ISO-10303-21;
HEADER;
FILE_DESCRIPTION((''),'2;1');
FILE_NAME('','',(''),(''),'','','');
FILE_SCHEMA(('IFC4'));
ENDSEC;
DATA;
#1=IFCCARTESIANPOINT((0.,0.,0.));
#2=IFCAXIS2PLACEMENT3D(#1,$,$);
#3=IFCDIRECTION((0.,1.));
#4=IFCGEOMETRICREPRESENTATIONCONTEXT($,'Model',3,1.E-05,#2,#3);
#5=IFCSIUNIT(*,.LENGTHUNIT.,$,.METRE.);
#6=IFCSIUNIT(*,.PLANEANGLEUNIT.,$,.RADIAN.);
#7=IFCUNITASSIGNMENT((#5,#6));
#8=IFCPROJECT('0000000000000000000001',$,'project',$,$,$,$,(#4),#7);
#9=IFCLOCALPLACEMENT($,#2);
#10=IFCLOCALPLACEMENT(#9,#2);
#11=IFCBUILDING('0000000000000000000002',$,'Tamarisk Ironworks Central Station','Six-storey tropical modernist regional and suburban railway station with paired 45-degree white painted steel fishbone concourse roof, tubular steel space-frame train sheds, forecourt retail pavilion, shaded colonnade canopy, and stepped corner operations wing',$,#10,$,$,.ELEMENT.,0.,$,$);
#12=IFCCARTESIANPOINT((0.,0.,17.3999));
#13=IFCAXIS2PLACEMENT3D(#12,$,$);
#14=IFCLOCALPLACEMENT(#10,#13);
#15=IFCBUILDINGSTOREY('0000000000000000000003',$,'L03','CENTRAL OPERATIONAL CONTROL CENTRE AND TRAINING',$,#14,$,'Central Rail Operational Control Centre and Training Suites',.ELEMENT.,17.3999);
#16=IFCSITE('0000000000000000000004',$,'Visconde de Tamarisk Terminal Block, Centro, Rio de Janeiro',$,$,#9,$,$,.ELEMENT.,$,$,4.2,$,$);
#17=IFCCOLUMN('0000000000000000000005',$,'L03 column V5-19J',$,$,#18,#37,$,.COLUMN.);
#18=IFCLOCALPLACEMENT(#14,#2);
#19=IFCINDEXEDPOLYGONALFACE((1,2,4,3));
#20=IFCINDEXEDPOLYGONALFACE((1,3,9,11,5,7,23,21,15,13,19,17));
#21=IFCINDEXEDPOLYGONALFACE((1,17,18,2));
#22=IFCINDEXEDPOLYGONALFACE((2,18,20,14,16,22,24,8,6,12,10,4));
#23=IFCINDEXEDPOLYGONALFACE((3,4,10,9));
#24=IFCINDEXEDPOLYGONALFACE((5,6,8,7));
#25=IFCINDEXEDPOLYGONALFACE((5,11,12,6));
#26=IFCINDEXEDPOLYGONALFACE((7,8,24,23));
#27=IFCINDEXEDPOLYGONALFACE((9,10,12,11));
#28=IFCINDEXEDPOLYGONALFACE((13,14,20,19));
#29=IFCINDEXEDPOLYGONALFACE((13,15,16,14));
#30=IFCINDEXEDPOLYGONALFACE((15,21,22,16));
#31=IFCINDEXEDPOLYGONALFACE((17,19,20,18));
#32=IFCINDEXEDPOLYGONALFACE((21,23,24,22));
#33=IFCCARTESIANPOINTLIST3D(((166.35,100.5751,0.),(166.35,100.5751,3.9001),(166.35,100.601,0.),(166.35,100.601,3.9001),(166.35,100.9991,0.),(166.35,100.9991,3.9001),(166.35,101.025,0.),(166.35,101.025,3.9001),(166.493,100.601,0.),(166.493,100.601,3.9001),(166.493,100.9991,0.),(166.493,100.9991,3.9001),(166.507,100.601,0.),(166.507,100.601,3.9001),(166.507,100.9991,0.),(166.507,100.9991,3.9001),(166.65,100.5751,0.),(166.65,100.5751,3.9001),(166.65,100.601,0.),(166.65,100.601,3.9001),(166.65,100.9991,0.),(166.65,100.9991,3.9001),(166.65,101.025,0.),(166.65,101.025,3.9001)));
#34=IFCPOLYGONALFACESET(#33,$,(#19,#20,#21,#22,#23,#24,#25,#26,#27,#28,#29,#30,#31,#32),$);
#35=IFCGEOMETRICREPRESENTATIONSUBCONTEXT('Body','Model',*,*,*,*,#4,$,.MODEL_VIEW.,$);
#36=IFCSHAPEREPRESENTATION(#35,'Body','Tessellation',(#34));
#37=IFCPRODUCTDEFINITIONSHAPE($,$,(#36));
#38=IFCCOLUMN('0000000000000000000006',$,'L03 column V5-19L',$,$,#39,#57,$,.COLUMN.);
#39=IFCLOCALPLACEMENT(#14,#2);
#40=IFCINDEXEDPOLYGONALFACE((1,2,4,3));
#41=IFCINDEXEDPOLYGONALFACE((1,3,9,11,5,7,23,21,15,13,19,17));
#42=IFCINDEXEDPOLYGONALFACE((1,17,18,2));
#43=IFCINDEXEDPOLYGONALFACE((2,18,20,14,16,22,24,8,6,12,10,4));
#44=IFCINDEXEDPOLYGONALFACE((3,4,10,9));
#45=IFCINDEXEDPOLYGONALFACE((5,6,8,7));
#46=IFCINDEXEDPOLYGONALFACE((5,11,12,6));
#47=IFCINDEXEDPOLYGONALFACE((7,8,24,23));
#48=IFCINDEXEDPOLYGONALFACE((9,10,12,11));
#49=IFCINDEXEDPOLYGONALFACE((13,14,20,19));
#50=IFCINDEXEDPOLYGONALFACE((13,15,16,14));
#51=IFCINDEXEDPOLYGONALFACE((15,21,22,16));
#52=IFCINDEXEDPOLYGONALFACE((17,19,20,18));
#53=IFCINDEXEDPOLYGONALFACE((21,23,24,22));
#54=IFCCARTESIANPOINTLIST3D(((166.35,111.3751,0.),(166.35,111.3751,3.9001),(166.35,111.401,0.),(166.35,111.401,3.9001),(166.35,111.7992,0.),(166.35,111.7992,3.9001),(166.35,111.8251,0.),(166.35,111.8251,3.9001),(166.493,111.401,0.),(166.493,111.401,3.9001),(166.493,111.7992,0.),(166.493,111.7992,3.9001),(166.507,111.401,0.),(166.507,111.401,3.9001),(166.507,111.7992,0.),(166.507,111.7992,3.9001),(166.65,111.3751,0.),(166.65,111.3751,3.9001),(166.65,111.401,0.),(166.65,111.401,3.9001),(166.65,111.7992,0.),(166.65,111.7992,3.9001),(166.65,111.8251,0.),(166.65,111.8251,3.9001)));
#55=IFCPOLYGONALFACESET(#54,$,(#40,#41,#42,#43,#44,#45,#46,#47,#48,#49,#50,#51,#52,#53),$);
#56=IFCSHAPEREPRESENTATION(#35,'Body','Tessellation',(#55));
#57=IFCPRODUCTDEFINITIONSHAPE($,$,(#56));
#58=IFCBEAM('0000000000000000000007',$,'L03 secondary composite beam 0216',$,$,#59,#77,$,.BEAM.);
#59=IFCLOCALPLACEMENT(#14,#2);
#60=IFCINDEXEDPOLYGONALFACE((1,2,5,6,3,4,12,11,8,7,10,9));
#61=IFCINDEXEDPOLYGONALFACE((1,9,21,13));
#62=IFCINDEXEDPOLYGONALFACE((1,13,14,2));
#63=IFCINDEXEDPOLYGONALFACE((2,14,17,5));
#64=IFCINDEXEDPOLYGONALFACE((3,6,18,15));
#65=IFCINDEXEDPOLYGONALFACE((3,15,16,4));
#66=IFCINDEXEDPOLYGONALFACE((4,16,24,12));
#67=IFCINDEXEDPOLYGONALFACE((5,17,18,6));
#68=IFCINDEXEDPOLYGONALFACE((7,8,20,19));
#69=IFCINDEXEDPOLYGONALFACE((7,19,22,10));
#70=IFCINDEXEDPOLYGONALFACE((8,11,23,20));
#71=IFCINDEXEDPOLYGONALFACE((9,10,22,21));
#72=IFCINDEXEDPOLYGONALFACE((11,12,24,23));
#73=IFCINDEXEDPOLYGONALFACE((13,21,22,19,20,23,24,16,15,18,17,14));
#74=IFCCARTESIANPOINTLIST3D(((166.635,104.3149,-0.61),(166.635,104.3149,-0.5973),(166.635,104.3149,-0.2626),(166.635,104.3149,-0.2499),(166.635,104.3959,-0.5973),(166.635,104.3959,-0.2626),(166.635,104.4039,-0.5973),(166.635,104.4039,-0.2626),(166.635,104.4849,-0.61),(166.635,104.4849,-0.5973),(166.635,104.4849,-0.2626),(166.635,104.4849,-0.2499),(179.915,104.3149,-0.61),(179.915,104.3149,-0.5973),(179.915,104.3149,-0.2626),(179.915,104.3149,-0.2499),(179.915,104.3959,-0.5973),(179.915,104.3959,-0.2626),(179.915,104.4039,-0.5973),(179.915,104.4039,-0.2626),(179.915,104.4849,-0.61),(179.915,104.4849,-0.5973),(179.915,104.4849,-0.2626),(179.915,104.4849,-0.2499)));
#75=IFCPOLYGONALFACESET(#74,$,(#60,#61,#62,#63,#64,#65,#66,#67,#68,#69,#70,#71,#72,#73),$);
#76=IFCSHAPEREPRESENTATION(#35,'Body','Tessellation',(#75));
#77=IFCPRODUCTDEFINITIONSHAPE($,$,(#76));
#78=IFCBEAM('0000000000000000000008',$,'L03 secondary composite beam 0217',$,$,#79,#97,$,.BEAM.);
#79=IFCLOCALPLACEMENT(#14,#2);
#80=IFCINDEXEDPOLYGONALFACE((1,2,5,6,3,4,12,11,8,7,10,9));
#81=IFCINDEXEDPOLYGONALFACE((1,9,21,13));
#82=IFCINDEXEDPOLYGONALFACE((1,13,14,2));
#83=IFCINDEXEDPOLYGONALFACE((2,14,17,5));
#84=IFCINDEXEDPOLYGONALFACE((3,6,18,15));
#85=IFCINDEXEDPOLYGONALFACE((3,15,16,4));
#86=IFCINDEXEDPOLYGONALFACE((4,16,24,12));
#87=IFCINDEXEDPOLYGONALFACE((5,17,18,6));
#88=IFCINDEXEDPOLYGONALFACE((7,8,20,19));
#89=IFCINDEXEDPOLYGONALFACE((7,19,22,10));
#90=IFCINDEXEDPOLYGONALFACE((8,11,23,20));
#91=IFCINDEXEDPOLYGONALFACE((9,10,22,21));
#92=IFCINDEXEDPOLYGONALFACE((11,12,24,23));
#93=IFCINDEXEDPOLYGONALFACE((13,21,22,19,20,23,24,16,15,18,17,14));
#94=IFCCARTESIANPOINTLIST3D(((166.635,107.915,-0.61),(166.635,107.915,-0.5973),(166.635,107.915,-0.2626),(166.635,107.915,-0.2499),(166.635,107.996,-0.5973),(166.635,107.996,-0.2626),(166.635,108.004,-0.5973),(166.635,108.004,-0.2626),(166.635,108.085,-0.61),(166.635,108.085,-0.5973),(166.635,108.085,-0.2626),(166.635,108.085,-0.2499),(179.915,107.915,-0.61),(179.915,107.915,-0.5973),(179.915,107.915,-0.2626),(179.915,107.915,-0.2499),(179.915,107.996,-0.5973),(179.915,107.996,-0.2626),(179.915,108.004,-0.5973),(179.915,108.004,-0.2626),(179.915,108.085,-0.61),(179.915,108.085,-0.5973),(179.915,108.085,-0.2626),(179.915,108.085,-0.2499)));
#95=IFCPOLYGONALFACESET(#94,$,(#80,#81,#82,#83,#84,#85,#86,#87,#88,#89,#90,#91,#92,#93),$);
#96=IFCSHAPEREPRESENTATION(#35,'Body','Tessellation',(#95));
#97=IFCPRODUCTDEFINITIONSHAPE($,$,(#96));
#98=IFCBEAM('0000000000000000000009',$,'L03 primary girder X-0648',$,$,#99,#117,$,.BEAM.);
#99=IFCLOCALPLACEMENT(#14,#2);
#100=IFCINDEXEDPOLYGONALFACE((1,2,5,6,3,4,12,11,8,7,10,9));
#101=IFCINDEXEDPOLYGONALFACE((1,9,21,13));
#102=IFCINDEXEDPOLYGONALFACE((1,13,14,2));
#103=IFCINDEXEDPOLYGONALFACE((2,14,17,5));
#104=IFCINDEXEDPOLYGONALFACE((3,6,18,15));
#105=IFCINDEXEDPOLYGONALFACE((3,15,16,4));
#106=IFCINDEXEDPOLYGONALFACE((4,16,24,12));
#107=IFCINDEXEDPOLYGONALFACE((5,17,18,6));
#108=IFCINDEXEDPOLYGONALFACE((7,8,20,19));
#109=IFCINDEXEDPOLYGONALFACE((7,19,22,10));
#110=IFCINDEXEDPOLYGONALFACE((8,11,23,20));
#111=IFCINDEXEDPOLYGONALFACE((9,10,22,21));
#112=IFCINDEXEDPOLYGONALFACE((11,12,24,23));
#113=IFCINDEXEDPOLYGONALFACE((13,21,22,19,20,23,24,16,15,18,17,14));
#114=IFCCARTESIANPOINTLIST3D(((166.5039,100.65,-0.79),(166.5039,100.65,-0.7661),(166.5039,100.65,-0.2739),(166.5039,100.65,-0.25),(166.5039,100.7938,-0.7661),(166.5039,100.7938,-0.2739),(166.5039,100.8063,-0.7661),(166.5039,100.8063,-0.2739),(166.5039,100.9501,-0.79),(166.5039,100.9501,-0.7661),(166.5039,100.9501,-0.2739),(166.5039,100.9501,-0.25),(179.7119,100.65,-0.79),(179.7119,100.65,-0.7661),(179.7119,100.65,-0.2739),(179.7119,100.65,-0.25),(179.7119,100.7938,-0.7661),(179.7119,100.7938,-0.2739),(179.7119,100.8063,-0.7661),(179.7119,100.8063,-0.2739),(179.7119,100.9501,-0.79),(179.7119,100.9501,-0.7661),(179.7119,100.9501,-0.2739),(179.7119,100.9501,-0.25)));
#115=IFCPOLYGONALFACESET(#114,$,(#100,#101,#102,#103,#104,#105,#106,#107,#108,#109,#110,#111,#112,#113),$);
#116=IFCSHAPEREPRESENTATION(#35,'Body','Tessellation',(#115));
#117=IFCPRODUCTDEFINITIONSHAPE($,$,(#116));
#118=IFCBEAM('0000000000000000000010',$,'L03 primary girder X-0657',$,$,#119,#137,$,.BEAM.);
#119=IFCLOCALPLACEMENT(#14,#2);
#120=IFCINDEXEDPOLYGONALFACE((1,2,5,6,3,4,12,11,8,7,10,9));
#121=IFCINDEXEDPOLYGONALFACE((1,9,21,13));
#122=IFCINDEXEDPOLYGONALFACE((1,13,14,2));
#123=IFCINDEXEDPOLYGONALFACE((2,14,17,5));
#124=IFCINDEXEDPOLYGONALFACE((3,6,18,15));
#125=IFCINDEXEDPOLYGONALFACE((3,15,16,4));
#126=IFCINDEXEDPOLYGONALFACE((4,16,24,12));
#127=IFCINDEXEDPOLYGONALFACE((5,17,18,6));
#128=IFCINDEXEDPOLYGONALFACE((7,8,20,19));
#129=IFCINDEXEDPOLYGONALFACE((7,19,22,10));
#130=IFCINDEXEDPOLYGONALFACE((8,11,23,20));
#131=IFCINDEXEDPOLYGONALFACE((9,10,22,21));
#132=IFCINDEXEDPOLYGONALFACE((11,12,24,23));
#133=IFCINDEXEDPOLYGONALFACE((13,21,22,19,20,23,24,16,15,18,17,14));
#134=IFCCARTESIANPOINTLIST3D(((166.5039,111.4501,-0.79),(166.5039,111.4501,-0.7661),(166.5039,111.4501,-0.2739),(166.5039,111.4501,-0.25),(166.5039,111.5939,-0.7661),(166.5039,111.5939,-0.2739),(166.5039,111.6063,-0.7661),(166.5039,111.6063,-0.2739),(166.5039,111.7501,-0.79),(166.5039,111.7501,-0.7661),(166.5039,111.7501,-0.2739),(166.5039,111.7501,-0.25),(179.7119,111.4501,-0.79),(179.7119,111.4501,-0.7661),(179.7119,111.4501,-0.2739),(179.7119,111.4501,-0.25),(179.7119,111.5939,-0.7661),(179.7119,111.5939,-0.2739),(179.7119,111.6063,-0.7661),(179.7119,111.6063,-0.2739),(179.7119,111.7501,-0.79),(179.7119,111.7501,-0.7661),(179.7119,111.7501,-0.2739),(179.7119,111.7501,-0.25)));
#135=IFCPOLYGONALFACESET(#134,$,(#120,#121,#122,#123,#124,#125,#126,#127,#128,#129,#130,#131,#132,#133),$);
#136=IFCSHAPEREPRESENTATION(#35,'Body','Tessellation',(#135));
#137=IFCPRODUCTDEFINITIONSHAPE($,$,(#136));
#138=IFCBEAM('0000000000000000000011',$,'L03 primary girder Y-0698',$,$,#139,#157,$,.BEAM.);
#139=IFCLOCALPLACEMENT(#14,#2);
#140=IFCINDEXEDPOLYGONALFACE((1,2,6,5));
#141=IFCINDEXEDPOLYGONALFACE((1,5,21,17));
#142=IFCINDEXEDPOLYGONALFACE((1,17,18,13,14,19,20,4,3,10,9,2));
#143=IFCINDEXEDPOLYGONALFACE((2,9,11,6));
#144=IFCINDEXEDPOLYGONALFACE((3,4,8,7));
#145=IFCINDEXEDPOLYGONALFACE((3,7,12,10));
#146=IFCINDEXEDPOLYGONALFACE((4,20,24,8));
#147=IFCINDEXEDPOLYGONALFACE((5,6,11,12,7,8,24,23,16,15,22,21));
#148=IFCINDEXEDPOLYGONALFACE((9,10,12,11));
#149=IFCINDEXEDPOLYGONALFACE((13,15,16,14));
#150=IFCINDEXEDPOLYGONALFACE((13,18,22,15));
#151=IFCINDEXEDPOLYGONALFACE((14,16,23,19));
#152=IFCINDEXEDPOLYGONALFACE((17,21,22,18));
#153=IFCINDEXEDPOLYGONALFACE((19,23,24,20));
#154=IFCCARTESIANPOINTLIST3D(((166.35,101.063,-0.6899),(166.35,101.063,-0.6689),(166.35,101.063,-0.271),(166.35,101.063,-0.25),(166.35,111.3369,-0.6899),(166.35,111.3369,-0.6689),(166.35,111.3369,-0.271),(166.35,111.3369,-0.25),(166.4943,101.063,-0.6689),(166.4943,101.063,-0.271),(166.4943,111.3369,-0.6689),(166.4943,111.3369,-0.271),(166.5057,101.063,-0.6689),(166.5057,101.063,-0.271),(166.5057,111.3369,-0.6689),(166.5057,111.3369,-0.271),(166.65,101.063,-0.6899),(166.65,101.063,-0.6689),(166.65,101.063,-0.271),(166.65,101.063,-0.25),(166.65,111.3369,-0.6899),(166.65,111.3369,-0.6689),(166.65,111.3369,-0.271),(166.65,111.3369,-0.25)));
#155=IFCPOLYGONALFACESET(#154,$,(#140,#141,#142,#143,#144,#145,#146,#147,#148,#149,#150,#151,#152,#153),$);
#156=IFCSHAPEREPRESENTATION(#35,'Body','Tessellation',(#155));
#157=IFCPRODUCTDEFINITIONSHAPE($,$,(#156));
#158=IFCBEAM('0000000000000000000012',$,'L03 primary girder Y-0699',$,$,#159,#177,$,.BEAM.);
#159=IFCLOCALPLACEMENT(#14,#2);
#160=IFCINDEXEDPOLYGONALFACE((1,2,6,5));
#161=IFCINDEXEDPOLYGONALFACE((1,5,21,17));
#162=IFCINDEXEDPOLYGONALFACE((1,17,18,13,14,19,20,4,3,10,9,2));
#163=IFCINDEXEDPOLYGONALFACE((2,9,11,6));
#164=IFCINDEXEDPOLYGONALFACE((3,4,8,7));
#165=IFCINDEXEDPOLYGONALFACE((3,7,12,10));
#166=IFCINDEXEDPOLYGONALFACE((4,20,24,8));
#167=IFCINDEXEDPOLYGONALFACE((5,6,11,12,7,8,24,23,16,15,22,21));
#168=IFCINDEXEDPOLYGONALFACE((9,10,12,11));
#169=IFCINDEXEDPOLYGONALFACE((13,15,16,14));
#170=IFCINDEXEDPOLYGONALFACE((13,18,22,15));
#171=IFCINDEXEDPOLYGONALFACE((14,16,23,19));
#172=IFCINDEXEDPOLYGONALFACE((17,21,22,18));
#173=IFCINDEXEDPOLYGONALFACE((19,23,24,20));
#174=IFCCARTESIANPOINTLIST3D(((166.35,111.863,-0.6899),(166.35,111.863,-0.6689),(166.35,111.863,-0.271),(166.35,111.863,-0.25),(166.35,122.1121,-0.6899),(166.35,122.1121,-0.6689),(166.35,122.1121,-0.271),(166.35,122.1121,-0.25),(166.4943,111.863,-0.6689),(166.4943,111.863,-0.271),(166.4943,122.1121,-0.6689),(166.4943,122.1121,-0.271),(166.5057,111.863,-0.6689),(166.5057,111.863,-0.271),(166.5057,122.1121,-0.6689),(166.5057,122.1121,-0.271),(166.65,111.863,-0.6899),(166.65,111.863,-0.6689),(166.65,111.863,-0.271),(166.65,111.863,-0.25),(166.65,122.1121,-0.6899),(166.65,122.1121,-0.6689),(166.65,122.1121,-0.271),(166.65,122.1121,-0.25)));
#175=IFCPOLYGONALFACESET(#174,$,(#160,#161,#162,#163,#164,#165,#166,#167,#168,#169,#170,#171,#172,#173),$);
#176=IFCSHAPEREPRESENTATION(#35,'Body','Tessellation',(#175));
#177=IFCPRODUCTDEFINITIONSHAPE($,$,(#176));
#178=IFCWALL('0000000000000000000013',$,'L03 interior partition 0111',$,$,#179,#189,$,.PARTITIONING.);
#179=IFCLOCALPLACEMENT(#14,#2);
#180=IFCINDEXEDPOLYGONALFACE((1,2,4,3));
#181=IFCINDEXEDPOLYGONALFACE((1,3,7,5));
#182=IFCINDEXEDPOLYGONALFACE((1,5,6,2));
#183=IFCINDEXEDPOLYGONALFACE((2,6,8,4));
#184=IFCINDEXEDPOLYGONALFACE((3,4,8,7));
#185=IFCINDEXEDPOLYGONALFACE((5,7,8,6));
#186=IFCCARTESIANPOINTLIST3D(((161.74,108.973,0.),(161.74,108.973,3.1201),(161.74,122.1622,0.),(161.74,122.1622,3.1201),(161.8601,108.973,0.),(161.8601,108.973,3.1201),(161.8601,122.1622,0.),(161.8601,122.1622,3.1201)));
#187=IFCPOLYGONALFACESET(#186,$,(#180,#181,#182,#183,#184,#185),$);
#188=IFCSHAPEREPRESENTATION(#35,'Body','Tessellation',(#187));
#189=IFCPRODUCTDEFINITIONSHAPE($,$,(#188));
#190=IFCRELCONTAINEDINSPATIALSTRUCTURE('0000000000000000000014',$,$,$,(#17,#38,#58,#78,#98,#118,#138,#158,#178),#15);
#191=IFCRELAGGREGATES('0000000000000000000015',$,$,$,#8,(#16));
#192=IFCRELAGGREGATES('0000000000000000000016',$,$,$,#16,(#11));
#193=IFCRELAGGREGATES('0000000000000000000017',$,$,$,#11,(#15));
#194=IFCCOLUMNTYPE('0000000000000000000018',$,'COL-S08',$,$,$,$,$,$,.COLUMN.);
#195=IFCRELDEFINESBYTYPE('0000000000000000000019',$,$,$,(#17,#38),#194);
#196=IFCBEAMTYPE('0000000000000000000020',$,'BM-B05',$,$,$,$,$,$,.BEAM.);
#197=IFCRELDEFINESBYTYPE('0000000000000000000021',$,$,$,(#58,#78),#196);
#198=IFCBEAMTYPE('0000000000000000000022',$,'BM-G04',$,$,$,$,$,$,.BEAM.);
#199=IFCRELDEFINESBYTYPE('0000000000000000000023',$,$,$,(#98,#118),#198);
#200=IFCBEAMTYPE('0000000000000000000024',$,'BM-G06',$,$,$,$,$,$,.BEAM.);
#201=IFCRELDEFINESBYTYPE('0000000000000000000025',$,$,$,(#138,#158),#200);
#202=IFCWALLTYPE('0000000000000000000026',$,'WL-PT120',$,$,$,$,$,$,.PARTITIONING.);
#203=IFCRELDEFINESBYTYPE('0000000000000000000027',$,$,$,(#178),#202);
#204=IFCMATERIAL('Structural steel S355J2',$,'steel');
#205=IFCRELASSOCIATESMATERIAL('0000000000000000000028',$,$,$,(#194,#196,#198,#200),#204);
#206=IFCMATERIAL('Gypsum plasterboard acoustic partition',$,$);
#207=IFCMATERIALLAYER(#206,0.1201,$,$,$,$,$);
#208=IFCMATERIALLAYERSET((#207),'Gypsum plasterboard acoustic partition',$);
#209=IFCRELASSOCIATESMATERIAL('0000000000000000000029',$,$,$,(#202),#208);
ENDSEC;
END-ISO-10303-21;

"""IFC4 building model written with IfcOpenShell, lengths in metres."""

from ifc_helpers import new_model, si_unit, direction, frame, frame_2d, origin, origin_2d, place, context, subcontext, project, spatial, rectangle, i_section, extrude, material, layer, layer_set, material_profile, profile_set, type_object, element, save


model = new_model("IFC4")

# Units and contexts
model_context = context("Model", 3, precision=1e-05, world=origin(), true_north=direction((0.0, 1.0)))
body_context = subcontext(model_context, "Body", "Model", "MODEL_VIEW")
ifc_project = project(units=[si_unit("LENGTHUNIT", "METRE"), si_unit("PLANEANGLEUNIT", "RADIAN")], contexts=[model_context])

# Site, building, storey
site_placement = place(None, origin())
site = spatial("IfcSite", under=ifc_project, at=site_placement, Name="Visconde de Tamarisk Terminal Block, Centro, Rio de Janeiro", CompositionType="ELEMENT", RefElevation=4.2)
building_placement = place(site_placement, origin())
building = spatial("IfcBuilding", under=site, at=building_placement, Name="Tamarisk Ironworks Central Station", Description="Six-storey tropical modernist regional and suburban railway station with paired 45-degree white painted steel fishbone concourse roof, tubular steel space-frame train sheds, forecourt retail pavilion, shaded colonnade canopy, and stepped corner operations wing", CompositionType="ELEMENT", ElevationOfRefHeight=0.0)
storey_placement = place(building_placement, frame((0.0, 0.0, 17.3999)))
storey = spatial("IfcBuildingStorey", under=building, at=storey_placement, Name="L03", Description="CENTRAL OPERATIONAL CONTROL CENTRE AND TRAINING", LongName="Central Rail Operational Control Centre and Training Suites", CompositionType="ELEMENT", Elevation=17.3999)

# Columns
ifc_material_1 = material(Name="Structural steel S355J2", Category="steel")
ifc_material_profile_1 = material_profile(ifc_material_1, i_section(OverallWidth=0.3, OverallDepth=0.45, WebThickness=0.0139, FlangeThickness=0.0259, at=origin_2d()), Name="HEB 450")
ifc_profile_set_1 = profile_set([ifc_material_profile_1], Name="Structural steel S355J2")
column_type = type_object("IfcColumnType", Name="COL-S08", PredefinedType="COLUMN", material=ifc_profile_set_1)
for number, where, z_axis, x_axis, name in (
    (1, (166.5, 100.8, 0.0), (0.0, 0.0, 1.0), (1.0, 0.0, 0.0), "L03 column V5-19J"),
    (2, (166.5, 111.6001, 0.0), (0.0, 0.0, 1.0), (1.0, 0.0, 0.0), "L03 column V5-19L"),
):
    element("IfcColumn", number, at=place(storey_placement, frame(where, z_axis=z_axis, x_axis=x_axis)), inside=storey, type_object=column_type, Name=name, PredefinedType="COLUMN", context=body_context, shape_type="SweptSolid", body=[
        extrude(i_section(OverallWidth=0.3, OverallDepth=0.45, WebThickness=0.0139, FlangeThickness=0.0259, at=origin_2d()), origin(), (0.0, 0.0, 1.0), 3.9001),
    ])

# Beams
ifc_material_profile_2 = material_profile(ifc_material_1, i_section(OverallWidth=0.1699, OverallDepth=0.3601, WebThickness=0.0081, FlangeThickness=0.0127, at=origin_2d()), Name="IPE 360")
ifc_profile_set_2 = profile_set([ifc_material_profile_2], Name="Structural steel S355J2")
beam_type_1 = type_object("IfcBeamType", Name="BM-B05", PredefinedType="BEAM", material=ifc_profile_set_2)
for number, where, z_axis, x_axis, name in (
    (3, (166.635, 104.3999, -0.4299), (1.0, 0.0, 0.0), (0.0, 1.0, 0.0), "L03 secondary composite beam 0216"),
    (4, (166.635, 108.0, -0.4299), (1.0, 0.0, 0.0), (0.0, 1.0, 0.0), "L03 secondary composite beam 0217"),
):
    element("IfcBeam", number, at=place(storey_placement, frame(where, z_axis=z_axis, x_axis=x_axis)), inside=storey, type_object=beam_type_1, Name=name, PredefinedType="BEAM", context=body_context, shape_type="SweptSolid", body=[
        extrude(i_section(OverallWidth=0.1699, OverallDepth=0.3601, WebThickness=0.0081, FlangeThickness=0.0127, at=origin_2d()), origin(), (0.0, 0.0, 1.0), 13.28),
    ])
ifc_material_profile_3 = material_profile(ifc_material_1, i_section(OverallWidth=0.3, OverallDepth=0.54, WebThickness=0.0125, FlangeThickness=0.0239, at=origin_2d()), Name="HEA 550")
ifc_profile_set_3 = profile_set([ifc_material_profile_3], Name="Structural steel S355J2")
beam_type_2 = type_object("IfcBeamType", Name="BM-G04", PredefinedType="BEAM", material=ifc_profile_set_3)
for number, where, z_axis, x_axis, name in (
    (5, (166.5039, 100.8, -0.52), (1.0, 0.0, 0.0), (0.0, 1.0, 0.0), "L03 primary girder X-0648"),
    (6, (166.5039, 111.6001, -0.52), (1.0, 0.0, 0.0), (0.0, 1.0, 0.0), "L03 primary girder X-0657"),
):
    element("IfcBeam", number, at=place(storey_placement, frame(where, z_axis=z_axis, x_axis=x_axis)), inside=storey, type_object=beam_type_2, Name=name, PredefinedType="BEAM", context=body_context, shape_type="SweptSolid", body=[
        extrude(i_section(OverallWidth=0.3, OverallDepth=0.54, WebThickness=0.0125, FlangeThickness=0.0239, at=origin_2d()), origin(), (0.0, 0.0, 1.0), 13.208),
    ])
ifc_material_profile_4 = material_profile(ifc_material_1, i_section(OverallWidth=0.3, OverallDepth=0.4399, WebThickness=0.0115, FlangeThickness=0.021, at=origin_2d()), Name="HEA 450")
ifc_profile_set_4 = profile_set([ifc_material_profile_4], Name="Structural steel S355J2")
beam_type_3 = type_object("IfcBeamType", Name="BM-G06", PredefinedType="BEAM", material=ifc_profile_set_4)
beam_1_placement = place(storey_placement, frame((166.5, 101.063, -0.47), z_axis=(0.0, 1.0, 0.0), x_axis=(-1.0, 0.0, 0.0)))
element("IfcBeam", 7, at=beam_1_placement, inside=storey, type_object=beam_type_3, Name="L03 primary girder Y-0698", PredefinedType="BEAM", context=body_context, shape_type="SweptSolid", body=[
    extrude(i_section(OverallWidth=0.3, OverallDepth=0.4399, WebThickness=0.0115, FlangeThickness=0.021, at=origin_2d()), origin(), (0.0, 0.0, 1.0), 10.2739),
])
beam_2_placement = place(storey_placement, frame((166.5, 111.863, -0.47), z_axis=(0.0, 1.0, 0.0), x_axis=(-1.0, 0.0, 0.0)))
element("IfcBeam", 8, at=beam_2_placement, inside=storey, type_object=beam_type_3, Name="L03 primary girder Y-0699", PredefinedType="BEAM", context=body_context, shape_type="SweptSolid", body=[
    extrude(i_section(OverallWidth=0.3, OverallDepth=0.4399, WebThickness=0.0115, FlangeThickness=0.021, at=origin_2d()), origin(), (0.0, 0.0, 1.0), 10.249),
])

# Wall
ifc_material_2 = material(Name="Gypsum plasterboard acoustic partition")
ifc_layer_1 = layer(ifc_material_2, 0.1201)
ifc_layer_set_1 = layer_set([ifc_layer_1], Name="Gypsum plasterboard acoustic partition")
wall_type_1 = type_object("IfcWallType", Name="WL-PT120", PredefinedType="PARTITIONING", material=ifc_layer_set_1)
wall_1_placement = place(storey_placement, frame((161.8, 108.9729, 0.0), z_axis=(0.0, 0.0, 1.0), x_axis=(0.0, 1.0, 0.0)))
element("IfcWall", 9, at=wall_1_placement, inside=storey, type_object=wall_type_1, Name="L03 interior partition 0111", PredefinedType="PARTITIONING", context=body_context, shape_type="SweptSolid", body=[
    extrude(rectangle(XDim=13.1892, YDim=0.1201, at=frame_2d((6.5947, 0.0))), origin(), (0.0, 0.0, 1.0), 3.1201),
])

save(model, "model.ifc")
